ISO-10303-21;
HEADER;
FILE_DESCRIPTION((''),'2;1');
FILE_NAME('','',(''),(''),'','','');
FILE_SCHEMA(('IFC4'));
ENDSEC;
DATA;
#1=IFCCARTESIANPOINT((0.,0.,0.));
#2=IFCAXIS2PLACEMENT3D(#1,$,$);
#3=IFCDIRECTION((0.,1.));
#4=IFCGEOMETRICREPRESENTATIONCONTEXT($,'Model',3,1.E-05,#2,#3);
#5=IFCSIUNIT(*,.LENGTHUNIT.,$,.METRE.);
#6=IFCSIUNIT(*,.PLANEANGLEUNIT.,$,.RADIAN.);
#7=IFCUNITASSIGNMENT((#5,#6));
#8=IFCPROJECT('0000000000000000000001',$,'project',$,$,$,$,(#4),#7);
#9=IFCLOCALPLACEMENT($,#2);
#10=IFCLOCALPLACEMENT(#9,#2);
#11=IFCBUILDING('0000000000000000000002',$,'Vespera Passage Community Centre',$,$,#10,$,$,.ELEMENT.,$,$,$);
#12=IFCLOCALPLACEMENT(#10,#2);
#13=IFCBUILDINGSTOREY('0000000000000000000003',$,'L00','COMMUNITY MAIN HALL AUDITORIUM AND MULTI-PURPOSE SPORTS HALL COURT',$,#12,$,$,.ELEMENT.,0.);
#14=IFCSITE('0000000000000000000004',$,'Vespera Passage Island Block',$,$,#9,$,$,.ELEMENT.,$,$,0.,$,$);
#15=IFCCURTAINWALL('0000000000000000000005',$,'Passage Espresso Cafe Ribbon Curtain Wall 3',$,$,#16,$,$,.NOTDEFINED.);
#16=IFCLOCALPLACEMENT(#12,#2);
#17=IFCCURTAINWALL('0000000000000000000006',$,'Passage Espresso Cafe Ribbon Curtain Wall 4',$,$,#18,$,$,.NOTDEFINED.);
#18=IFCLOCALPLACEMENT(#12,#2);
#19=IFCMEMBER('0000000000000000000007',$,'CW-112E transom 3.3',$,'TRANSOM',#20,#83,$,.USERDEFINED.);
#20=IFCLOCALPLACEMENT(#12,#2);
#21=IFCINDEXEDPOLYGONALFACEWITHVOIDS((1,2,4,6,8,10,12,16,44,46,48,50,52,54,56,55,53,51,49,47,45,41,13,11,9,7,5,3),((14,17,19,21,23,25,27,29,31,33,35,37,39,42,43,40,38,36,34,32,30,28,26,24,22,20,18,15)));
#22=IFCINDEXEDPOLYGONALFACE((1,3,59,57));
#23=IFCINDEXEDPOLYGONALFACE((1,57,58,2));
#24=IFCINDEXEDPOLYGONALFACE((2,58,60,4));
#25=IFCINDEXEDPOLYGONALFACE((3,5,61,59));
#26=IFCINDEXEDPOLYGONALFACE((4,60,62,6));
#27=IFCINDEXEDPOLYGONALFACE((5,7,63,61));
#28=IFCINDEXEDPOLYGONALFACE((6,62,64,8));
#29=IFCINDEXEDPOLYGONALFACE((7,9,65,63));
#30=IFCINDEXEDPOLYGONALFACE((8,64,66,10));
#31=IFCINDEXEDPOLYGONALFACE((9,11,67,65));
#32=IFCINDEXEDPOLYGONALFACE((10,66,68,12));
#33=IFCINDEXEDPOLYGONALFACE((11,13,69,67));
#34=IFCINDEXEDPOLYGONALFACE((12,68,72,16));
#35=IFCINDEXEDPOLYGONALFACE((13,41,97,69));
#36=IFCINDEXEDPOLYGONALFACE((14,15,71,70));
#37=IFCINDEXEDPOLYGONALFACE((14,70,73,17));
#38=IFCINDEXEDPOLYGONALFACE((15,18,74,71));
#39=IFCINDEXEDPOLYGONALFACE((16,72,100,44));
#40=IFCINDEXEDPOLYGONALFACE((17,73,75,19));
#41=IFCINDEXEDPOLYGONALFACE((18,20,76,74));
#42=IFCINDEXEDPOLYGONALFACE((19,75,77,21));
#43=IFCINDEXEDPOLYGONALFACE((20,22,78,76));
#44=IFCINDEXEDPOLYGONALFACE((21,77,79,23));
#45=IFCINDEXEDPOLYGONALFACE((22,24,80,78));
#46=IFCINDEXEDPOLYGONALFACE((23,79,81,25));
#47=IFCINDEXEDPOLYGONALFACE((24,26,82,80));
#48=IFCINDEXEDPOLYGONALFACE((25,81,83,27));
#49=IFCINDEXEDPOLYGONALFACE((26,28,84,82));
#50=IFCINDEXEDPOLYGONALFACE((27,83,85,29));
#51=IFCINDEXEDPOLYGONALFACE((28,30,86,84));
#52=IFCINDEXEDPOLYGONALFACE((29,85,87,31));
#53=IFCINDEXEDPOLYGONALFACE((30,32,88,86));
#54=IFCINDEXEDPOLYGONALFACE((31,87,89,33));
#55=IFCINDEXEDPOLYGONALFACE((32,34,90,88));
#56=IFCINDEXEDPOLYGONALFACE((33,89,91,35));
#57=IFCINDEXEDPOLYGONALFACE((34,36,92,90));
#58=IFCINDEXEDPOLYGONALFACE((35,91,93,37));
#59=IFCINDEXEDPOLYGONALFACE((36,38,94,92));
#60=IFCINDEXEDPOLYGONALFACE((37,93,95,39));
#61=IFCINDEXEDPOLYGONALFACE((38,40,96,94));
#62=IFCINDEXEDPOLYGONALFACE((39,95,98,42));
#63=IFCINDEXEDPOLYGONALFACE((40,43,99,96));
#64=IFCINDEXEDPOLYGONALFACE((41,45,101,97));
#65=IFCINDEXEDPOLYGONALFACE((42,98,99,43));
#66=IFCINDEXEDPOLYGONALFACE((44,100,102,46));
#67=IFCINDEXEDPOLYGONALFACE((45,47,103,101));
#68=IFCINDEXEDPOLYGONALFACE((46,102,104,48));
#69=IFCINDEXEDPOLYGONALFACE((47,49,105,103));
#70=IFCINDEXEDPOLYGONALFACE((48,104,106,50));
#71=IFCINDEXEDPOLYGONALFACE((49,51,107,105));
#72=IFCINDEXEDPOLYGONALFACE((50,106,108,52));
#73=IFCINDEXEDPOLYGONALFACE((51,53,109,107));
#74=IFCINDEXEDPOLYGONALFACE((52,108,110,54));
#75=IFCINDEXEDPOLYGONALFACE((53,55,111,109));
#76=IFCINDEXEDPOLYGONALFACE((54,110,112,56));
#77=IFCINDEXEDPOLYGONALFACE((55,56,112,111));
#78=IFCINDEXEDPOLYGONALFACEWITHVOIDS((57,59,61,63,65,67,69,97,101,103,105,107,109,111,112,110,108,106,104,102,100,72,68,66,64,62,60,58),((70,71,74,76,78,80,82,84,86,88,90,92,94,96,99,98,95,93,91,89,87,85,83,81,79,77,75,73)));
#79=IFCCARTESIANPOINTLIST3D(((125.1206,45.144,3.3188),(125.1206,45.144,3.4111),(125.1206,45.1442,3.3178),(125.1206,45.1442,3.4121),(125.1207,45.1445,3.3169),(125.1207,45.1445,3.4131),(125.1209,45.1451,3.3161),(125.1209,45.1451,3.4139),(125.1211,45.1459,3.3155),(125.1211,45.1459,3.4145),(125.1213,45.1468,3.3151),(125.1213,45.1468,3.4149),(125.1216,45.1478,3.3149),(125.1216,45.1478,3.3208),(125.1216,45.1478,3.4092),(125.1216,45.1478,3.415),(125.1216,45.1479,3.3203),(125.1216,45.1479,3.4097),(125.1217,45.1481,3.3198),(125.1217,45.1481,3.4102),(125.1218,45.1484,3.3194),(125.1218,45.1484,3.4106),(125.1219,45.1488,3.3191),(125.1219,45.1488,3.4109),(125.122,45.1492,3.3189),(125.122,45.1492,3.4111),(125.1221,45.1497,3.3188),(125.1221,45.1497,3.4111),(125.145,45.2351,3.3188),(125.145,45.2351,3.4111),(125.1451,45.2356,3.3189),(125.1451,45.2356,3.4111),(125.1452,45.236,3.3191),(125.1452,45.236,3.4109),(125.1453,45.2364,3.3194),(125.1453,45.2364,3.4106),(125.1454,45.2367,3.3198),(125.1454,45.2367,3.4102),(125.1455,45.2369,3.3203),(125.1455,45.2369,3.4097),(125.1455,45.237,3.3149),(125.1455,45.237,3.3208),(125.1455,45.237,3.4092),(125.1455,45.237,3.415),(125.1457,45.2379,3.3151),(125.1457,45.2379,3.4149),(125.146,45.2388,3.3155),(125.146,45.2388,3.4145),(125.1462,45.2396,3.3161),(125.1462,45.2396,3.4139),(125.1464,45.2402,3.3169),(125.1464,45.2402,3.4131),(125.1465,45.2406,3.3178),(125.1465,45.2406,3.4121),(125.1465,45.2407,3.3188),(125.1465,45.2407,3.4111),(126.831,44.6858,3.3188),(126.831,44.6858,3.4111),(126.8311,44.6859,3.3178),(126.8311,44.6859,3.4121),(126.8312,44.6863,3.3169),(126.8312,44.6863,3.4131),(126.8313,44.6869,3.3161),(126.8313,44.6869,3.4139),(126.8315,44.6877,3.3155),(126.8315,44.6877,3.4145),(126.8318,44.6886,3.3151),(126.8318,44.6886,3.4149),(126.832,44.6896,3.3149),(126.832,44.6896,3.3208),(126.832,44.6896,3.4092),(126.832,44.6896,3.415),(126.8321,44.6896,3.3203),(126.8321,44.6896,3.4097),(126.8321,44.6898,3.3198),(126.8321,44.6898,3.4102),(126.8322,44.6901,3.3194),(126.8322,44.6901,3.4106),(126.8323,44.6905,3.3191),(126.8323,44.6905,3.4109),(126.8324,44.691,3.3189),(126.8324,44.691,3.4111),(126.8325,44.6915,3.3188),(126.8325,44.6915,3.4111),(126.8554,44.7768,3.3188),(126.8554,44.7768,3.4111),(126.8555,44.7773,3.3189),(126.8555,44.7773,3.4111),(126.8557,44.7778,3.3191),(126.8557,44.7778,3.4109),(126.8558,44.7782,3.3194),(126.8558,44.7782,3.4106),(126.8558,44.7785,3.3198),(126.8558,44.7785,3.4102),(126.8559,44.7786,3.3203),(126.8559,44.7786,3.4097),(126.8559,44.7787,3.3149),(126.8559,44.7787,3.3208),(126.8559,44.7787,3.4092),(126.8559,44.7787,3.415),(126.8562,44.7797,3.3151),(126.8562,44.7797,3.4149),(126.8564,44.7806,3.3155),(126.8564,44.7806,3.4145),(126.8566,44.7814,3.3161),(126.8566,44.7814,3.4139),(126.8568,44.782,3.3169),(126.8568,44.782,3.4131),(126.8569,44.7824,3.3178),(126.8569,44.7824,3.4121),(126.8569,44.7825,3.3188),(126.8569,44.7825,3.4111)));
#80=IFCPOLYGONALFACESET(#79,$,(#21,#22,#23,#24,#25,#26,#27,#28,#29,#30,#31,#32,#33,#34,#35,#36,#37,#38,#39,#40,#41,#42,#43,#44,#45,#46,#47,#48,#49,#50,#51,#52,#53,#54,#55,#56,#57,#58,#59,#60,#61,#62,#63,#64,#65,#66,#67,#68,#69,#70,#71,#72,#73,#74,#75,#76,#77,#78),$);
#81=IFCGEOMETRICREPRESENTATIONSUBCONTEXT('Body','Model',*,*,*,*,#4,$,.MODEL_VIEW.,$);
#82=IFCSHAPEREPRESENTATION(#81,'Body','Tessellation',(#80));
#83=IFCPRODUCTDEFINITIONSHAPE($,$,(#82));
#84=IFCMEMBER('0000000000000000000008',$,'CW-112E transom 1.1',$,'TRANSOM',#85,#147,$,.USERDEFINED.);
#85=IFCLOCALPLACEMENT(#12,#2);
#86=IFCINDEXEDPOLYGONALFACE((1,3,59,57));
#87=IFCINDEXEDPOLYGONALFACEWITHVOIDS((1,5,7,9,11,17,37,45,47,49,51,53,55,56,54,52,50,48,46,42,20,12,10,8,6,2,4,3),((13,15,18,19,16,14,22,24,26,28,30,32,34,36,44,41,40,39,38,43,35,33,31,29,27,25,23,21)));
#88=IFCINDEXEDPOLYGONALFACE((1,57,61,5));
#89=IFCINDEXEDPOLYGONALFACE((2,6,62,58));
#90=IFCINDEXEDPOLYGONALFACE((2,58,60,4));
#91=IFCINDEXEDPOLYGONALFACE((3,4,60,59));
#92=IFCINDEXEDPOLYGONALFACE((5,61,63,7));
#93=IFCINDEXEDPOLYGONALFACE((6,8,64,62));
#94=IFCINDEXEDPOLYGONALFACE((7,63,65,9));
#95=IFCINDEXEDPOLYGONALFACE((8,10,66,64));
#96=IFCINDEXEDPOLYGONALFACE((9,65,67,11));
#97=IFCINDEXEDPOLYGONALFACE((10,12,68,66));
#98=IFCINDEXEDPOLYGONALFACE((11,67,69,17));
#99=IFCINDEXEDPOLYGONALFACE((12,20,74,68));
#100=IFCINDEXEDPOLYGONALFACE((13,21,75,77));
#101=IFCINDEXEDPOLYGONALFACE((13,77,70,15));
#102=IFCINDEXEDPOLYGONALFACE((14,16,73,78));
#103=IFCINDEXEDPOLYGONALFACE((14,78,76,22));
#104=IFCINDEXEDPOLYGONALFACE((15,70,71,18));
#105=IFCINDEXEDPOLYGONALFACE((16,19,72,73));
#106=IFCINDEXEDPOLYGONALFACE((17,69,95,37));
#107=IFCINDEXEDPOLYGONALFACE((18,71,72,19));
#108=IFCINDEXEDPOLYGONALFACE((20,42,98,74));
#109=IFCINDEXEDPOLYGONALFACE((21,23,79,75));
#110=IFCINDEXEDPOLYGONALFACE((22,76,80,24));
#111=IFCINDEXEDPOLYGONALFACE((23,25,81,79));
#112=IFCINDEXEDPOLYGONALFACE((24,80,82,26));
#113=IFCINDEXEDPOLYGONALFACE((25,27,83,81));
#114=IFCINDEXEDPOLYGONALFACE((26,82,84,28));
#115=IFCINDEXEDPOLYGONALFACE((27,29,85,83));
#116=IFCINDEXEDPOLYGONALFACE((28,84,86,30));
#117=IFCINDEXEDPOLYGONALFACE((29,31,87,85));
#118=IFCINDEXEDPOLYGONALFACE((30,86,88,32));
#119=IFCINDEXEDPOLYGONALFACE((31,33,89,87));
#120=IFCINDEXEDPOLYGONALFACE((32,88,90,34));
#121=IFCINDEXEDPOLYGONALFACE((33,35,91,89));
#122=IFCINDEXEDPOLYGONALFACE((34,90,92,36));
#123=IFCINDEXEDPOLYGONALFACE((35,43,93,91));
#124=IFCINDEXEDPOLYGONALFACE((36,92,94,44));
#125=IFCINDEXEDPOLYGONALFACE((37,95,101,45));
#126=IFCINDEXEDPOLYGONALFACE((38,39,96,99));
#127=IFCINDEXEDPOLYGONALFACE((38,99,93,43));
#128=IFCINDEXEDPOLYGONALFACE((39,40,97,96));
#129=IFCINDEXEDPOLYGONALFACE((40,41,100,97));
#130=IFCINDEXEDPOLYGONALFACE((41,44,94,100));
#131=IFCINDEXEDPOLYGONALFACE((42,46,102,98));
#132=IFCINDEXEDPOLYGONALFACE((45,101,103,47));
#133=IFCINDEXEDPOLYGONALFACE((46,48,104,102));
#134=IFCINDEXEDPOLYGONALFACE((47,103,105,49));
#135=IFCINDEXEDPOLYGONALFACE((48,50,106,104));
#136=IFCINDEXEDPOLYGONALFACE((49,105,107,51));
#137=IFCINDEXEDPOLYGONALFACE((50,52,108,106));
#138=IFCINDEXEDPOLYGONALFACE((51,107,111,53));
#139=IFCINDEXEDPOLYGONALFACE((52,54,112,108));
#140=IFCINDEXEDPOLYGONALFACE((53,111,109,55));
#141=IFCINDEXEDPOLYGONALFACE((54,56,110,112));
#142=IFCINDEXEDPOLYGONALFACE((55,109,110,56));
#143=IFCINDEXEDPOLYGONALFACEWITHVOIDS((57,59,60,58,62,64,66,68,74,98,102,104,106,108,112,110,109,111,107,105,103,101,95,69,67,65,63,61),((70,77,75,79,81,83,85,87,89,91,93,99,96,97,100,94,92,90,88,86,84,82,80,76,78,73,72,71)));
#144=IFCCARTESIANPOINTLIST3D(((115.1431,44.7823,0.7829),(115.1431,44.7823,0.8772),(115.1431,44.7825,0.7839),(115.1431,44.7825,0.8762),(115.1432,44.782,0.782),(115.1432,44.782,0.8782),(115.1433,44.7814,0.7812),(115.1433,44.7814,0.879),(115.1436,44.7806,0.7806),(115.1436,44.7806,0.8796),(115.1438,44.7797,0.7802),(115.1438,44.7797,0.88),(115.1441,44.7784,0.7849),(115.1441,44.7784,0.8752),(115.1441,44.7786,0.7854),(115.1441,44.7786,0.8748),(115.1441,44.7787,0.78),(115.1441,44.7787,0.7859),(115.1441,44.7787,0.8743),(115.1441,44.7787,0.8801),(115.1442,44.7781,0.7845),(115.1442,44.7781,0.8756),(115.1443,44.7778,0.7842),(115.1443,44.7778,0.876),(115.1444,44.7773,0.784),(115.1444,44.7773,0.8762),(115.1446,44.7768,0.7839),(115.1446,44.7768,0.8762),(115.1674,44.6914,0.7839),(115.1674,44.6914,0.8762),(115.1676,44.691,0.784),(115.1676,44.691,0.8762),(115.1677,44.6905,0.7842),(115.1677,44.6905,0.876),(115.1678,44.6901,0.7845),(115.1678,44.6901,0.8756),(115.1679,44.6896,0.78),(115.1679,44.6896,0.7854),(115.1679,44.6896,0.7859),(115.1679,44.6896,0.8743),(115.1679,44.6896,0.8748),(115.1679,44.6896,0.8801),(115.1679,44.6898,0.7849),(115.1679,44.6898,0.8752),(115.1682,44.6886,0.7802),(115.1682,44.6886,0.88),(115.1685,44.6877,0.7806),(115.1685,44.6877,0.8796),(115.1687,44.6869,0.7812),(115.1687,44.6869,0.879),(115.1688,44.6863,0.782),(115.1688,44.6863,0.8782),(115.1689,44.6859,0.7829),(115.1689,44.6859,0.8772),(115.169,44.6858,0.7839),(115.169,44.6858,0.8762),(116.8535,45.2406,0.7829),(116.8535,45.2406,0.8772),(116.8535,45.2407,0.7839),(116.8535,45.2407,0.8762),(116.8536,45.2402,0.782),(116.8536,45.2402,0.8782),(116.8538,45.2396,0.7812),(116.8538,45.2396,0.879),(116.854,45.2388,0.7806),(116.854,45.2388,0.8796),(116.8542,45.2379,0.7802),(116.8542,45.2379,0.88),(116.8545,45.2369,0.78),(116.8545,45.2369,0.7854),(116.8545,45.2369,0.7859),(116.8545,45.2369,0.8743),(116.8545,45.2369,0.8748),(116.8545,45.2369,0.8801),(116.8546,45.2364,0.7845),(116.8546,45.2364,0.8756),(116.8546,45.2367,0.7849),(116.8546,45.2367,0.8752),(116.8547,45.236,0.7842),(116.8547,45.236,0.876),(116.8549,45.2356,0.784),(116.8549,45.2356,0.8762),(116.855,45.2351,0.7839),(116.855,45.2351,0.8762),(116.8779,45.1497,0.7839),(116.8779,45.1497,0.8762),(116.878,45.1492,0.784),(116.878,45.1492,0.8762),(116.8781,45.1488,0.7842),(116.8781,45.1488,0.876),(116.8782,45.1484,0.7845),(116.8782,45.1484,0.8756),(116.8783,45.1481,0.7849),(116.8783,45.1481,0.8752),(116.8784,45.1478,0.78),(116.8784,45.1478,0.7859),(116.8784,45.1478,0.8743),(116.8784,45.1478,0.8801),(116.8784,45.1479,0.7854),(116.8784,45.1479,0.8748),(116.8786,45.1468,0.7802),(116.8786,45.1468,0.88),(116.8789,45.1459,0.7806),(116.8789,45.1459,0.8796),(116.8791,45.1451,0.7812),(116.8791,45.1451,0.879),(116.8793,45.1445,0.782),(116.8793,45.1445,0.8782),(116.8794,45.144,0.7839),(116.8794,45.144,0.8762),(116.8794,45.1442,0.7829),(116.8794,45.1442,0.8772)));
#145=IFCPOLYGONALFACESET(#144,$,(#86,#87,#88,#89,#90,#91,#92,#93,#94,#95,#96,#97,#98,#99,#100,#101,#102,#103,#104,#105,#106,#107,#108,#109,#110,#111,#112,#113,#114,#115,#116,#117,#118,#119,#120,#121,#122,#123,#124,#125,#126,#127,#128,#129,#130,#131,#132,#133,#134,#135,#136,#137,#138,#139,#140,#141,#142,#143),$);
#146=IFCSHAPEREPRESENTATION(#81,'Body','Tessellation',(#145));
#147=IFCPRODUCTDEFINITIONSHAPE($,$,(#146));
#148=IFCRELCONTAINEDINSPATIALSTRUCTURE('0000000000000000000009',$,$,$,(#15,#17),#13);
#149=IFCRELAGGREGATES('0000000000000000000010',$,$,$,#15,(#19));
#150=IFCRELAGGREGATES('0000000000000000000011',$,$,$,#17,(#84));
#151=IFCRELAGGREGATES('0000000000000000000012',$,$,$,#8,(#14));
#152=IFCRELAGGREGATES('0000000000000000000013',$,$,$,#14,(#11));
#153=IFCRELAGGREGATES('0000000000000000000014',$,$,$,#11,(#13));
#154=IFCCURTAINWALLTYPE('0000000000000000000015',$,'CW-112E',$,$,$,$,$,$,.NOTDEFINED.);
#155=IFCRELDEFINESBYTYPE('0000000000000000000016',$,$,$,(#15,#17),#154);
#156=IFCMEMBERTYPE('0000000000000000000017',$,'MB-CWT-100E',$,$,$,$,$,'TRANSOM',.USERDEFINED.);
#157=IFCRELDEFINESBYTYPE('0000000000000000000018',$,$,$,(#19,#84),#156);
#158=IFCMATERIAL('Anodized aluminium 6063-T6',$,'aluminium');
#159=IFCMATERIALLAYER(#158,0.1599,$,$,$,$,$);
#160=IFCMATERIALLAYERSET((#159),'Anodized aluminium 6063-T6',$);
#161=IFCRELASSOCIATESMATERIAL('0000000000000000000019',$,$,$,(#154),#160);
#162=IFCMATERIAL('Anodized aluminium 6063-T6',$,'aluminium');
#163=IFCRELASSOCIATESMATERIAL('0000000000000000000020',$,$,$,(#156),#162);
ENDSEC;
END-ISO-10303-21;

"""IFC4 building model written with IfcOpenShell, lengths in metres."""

from ifc_helpers import new_model, si_unit, direction, frame, origin, origin_2d, place, context, subcontext, project, spatial, hollow_rectangle, extrude, material, layer, layer_set, material_profile, profile_set, type_object, element, aggregate, save


model = new_model("IFC4")

# Units and contexts
model_context = context("Model", 3, precision=1e-05, world=origin(), true_north=direction((0.0, 1.0)))
body_context = subcontext(model_context, "Body", "Model", "MODEL_VIEW")
ifc_project = project(units=[si_unit("LENGTHUNIT", "METRE"), si_unit("PLANEANGLEUNIT", "RADIAN")], contexts=[model_context])

# Site, building, storey
site_placement = place(None, origin())
site = spatial("IfcSite", under=ifc_project, at=site_placement, Name="Vespera Passage Island Block", CompositionType="ELEMENT", RefElevation=0.0)
building_placement = place(site_placement, origin())
building = spatial("IfcBuilding", under=site, at=building_placement, Name="Vespera Passage Community Centre", CompositionType="ELEMENT")
storey_placement = place(building_placement, origin())
storey = spatial("IfcBuildingStorey", under=building, at=storey_placement, Name="L00", Description="COMMUNITY MAIN HALL AUDITORIUM AND MULTI-PURPOSE SPORTS HALL COURT", CompositionType="ELEMENT", Elevation=0.0)

# Curtain walls
ifc_material_1 = material(Name="Anodized aluminium 6063-T6", Category="aluminium")
ifc_layer_1 = layer(ifc_material_1, 0.1599)
ifc_layer_set_1 = layer_set([ifc_layer_1], Name="Anodized aluminium 6063-T6")
curtain_wall_type_1 = type_object("IfcCurtainWallType", Name="CW-112E", PredefinedType="NOTDEFINED", material=ifc_layer_set_1)
curtain_wall_1_placement = place(storey_placement, origin())
curtain_wall_1 = element("IfcCurtainWall", 1, at=curtain_wall_1_placement, inside=storey, type_object=curtain_wall_type_1, Name="Passage Espresso Cafe Ribbon Curtain Wall 3", PredefinedType="NOTDEFINED")
curtain_wall_2_placement = place(storey_placement, origin())
curtain_wall_2 = element("IfcCurtainWall", 2, at=curtain_wall_2_placement, inside=storey, type_object=curtain_wall_type_1, Name="Passage Espresso Cafe Ribbon Curtain Wall 4", PredefinedType="NOTDEFINED")

# Members
ifc_material_2 = material(Name="Anodized aluminium 6063-T6", Category="aluminium")
ifc_material_profile_1 = material_profile(ifc_material_2, hollow_rectangle(XDim=0.1001, YDim=0.1001, WallThickness=0.0039, InnerFilletRadius=0.002, OuterFilletRadius=0.0039, at=origin_2d()), Name="ALU100X100X4")
ifc_profile_set_1 = profile_set([ifc_material_profile_1], Name="Anodized aluminium 6063-T6")
member_type_1 = type_object("IfcMemberType", Name="MB-CWT-100E", ElementType="TRANSOM", PredefinedType="USERDEFINED", material=ifc_profile_set_1)
member_1_placement = place(storey_placement, frame((125.1335, 45.1924, 3.365), z_axis=(0.965935, -0.258787, 0.0), x_axis=(0.258787, 0.965935, 0.0)))
member_1 = element("IfcMember", 3, at=member_1_placement, type_object=member_type_1, Name="CW-112E transom 3.3", ObjectType="TRANSOM", PredefinedType="USERDEFINED", context=body_context, shape_type="SweptSolid", body=[
    extrude(hollow_rectangle(XDim=0.1001, YDim=0.1001, WallThickness=0.0039, InnerFilletRadius=0.002, OuterFilletRadius=0.0039, at=origin_2d()), origin(), (0.0, 0.0, 1.0), 1.7708),
])
member_2_placement = place(storey_placement, frame((115.156, 44.7341, 0.8301), z_axis=(0.965935, 0.258787, 0.0), x_axis=(-0.258787, 0.965935, 0.0)))
member_2 = element("IfcMember", 4, at=member_2_placement, type_object=member_type_1, Name="CW-112E transom 1.1", ObjectType="TRANSOM", PredefinedType="USERDEFINED", context=body_context, shape_type="SweptSolid", body=[
    extrude(hollow_rectangle(XDim=0.1001, YDim=0.1001, WallThickness=0.0039, InnerFilletRadius=0.002, OuterFilletRadius=0.0039, at=origin_2d()), origin(), (0.0, 0.0, 1.0), 1.7708),
])

aggregate(curtain_wall_1, [member_1])
aggregate(curtain_wall_2, [member_2])

save(model, "model.ifc")
